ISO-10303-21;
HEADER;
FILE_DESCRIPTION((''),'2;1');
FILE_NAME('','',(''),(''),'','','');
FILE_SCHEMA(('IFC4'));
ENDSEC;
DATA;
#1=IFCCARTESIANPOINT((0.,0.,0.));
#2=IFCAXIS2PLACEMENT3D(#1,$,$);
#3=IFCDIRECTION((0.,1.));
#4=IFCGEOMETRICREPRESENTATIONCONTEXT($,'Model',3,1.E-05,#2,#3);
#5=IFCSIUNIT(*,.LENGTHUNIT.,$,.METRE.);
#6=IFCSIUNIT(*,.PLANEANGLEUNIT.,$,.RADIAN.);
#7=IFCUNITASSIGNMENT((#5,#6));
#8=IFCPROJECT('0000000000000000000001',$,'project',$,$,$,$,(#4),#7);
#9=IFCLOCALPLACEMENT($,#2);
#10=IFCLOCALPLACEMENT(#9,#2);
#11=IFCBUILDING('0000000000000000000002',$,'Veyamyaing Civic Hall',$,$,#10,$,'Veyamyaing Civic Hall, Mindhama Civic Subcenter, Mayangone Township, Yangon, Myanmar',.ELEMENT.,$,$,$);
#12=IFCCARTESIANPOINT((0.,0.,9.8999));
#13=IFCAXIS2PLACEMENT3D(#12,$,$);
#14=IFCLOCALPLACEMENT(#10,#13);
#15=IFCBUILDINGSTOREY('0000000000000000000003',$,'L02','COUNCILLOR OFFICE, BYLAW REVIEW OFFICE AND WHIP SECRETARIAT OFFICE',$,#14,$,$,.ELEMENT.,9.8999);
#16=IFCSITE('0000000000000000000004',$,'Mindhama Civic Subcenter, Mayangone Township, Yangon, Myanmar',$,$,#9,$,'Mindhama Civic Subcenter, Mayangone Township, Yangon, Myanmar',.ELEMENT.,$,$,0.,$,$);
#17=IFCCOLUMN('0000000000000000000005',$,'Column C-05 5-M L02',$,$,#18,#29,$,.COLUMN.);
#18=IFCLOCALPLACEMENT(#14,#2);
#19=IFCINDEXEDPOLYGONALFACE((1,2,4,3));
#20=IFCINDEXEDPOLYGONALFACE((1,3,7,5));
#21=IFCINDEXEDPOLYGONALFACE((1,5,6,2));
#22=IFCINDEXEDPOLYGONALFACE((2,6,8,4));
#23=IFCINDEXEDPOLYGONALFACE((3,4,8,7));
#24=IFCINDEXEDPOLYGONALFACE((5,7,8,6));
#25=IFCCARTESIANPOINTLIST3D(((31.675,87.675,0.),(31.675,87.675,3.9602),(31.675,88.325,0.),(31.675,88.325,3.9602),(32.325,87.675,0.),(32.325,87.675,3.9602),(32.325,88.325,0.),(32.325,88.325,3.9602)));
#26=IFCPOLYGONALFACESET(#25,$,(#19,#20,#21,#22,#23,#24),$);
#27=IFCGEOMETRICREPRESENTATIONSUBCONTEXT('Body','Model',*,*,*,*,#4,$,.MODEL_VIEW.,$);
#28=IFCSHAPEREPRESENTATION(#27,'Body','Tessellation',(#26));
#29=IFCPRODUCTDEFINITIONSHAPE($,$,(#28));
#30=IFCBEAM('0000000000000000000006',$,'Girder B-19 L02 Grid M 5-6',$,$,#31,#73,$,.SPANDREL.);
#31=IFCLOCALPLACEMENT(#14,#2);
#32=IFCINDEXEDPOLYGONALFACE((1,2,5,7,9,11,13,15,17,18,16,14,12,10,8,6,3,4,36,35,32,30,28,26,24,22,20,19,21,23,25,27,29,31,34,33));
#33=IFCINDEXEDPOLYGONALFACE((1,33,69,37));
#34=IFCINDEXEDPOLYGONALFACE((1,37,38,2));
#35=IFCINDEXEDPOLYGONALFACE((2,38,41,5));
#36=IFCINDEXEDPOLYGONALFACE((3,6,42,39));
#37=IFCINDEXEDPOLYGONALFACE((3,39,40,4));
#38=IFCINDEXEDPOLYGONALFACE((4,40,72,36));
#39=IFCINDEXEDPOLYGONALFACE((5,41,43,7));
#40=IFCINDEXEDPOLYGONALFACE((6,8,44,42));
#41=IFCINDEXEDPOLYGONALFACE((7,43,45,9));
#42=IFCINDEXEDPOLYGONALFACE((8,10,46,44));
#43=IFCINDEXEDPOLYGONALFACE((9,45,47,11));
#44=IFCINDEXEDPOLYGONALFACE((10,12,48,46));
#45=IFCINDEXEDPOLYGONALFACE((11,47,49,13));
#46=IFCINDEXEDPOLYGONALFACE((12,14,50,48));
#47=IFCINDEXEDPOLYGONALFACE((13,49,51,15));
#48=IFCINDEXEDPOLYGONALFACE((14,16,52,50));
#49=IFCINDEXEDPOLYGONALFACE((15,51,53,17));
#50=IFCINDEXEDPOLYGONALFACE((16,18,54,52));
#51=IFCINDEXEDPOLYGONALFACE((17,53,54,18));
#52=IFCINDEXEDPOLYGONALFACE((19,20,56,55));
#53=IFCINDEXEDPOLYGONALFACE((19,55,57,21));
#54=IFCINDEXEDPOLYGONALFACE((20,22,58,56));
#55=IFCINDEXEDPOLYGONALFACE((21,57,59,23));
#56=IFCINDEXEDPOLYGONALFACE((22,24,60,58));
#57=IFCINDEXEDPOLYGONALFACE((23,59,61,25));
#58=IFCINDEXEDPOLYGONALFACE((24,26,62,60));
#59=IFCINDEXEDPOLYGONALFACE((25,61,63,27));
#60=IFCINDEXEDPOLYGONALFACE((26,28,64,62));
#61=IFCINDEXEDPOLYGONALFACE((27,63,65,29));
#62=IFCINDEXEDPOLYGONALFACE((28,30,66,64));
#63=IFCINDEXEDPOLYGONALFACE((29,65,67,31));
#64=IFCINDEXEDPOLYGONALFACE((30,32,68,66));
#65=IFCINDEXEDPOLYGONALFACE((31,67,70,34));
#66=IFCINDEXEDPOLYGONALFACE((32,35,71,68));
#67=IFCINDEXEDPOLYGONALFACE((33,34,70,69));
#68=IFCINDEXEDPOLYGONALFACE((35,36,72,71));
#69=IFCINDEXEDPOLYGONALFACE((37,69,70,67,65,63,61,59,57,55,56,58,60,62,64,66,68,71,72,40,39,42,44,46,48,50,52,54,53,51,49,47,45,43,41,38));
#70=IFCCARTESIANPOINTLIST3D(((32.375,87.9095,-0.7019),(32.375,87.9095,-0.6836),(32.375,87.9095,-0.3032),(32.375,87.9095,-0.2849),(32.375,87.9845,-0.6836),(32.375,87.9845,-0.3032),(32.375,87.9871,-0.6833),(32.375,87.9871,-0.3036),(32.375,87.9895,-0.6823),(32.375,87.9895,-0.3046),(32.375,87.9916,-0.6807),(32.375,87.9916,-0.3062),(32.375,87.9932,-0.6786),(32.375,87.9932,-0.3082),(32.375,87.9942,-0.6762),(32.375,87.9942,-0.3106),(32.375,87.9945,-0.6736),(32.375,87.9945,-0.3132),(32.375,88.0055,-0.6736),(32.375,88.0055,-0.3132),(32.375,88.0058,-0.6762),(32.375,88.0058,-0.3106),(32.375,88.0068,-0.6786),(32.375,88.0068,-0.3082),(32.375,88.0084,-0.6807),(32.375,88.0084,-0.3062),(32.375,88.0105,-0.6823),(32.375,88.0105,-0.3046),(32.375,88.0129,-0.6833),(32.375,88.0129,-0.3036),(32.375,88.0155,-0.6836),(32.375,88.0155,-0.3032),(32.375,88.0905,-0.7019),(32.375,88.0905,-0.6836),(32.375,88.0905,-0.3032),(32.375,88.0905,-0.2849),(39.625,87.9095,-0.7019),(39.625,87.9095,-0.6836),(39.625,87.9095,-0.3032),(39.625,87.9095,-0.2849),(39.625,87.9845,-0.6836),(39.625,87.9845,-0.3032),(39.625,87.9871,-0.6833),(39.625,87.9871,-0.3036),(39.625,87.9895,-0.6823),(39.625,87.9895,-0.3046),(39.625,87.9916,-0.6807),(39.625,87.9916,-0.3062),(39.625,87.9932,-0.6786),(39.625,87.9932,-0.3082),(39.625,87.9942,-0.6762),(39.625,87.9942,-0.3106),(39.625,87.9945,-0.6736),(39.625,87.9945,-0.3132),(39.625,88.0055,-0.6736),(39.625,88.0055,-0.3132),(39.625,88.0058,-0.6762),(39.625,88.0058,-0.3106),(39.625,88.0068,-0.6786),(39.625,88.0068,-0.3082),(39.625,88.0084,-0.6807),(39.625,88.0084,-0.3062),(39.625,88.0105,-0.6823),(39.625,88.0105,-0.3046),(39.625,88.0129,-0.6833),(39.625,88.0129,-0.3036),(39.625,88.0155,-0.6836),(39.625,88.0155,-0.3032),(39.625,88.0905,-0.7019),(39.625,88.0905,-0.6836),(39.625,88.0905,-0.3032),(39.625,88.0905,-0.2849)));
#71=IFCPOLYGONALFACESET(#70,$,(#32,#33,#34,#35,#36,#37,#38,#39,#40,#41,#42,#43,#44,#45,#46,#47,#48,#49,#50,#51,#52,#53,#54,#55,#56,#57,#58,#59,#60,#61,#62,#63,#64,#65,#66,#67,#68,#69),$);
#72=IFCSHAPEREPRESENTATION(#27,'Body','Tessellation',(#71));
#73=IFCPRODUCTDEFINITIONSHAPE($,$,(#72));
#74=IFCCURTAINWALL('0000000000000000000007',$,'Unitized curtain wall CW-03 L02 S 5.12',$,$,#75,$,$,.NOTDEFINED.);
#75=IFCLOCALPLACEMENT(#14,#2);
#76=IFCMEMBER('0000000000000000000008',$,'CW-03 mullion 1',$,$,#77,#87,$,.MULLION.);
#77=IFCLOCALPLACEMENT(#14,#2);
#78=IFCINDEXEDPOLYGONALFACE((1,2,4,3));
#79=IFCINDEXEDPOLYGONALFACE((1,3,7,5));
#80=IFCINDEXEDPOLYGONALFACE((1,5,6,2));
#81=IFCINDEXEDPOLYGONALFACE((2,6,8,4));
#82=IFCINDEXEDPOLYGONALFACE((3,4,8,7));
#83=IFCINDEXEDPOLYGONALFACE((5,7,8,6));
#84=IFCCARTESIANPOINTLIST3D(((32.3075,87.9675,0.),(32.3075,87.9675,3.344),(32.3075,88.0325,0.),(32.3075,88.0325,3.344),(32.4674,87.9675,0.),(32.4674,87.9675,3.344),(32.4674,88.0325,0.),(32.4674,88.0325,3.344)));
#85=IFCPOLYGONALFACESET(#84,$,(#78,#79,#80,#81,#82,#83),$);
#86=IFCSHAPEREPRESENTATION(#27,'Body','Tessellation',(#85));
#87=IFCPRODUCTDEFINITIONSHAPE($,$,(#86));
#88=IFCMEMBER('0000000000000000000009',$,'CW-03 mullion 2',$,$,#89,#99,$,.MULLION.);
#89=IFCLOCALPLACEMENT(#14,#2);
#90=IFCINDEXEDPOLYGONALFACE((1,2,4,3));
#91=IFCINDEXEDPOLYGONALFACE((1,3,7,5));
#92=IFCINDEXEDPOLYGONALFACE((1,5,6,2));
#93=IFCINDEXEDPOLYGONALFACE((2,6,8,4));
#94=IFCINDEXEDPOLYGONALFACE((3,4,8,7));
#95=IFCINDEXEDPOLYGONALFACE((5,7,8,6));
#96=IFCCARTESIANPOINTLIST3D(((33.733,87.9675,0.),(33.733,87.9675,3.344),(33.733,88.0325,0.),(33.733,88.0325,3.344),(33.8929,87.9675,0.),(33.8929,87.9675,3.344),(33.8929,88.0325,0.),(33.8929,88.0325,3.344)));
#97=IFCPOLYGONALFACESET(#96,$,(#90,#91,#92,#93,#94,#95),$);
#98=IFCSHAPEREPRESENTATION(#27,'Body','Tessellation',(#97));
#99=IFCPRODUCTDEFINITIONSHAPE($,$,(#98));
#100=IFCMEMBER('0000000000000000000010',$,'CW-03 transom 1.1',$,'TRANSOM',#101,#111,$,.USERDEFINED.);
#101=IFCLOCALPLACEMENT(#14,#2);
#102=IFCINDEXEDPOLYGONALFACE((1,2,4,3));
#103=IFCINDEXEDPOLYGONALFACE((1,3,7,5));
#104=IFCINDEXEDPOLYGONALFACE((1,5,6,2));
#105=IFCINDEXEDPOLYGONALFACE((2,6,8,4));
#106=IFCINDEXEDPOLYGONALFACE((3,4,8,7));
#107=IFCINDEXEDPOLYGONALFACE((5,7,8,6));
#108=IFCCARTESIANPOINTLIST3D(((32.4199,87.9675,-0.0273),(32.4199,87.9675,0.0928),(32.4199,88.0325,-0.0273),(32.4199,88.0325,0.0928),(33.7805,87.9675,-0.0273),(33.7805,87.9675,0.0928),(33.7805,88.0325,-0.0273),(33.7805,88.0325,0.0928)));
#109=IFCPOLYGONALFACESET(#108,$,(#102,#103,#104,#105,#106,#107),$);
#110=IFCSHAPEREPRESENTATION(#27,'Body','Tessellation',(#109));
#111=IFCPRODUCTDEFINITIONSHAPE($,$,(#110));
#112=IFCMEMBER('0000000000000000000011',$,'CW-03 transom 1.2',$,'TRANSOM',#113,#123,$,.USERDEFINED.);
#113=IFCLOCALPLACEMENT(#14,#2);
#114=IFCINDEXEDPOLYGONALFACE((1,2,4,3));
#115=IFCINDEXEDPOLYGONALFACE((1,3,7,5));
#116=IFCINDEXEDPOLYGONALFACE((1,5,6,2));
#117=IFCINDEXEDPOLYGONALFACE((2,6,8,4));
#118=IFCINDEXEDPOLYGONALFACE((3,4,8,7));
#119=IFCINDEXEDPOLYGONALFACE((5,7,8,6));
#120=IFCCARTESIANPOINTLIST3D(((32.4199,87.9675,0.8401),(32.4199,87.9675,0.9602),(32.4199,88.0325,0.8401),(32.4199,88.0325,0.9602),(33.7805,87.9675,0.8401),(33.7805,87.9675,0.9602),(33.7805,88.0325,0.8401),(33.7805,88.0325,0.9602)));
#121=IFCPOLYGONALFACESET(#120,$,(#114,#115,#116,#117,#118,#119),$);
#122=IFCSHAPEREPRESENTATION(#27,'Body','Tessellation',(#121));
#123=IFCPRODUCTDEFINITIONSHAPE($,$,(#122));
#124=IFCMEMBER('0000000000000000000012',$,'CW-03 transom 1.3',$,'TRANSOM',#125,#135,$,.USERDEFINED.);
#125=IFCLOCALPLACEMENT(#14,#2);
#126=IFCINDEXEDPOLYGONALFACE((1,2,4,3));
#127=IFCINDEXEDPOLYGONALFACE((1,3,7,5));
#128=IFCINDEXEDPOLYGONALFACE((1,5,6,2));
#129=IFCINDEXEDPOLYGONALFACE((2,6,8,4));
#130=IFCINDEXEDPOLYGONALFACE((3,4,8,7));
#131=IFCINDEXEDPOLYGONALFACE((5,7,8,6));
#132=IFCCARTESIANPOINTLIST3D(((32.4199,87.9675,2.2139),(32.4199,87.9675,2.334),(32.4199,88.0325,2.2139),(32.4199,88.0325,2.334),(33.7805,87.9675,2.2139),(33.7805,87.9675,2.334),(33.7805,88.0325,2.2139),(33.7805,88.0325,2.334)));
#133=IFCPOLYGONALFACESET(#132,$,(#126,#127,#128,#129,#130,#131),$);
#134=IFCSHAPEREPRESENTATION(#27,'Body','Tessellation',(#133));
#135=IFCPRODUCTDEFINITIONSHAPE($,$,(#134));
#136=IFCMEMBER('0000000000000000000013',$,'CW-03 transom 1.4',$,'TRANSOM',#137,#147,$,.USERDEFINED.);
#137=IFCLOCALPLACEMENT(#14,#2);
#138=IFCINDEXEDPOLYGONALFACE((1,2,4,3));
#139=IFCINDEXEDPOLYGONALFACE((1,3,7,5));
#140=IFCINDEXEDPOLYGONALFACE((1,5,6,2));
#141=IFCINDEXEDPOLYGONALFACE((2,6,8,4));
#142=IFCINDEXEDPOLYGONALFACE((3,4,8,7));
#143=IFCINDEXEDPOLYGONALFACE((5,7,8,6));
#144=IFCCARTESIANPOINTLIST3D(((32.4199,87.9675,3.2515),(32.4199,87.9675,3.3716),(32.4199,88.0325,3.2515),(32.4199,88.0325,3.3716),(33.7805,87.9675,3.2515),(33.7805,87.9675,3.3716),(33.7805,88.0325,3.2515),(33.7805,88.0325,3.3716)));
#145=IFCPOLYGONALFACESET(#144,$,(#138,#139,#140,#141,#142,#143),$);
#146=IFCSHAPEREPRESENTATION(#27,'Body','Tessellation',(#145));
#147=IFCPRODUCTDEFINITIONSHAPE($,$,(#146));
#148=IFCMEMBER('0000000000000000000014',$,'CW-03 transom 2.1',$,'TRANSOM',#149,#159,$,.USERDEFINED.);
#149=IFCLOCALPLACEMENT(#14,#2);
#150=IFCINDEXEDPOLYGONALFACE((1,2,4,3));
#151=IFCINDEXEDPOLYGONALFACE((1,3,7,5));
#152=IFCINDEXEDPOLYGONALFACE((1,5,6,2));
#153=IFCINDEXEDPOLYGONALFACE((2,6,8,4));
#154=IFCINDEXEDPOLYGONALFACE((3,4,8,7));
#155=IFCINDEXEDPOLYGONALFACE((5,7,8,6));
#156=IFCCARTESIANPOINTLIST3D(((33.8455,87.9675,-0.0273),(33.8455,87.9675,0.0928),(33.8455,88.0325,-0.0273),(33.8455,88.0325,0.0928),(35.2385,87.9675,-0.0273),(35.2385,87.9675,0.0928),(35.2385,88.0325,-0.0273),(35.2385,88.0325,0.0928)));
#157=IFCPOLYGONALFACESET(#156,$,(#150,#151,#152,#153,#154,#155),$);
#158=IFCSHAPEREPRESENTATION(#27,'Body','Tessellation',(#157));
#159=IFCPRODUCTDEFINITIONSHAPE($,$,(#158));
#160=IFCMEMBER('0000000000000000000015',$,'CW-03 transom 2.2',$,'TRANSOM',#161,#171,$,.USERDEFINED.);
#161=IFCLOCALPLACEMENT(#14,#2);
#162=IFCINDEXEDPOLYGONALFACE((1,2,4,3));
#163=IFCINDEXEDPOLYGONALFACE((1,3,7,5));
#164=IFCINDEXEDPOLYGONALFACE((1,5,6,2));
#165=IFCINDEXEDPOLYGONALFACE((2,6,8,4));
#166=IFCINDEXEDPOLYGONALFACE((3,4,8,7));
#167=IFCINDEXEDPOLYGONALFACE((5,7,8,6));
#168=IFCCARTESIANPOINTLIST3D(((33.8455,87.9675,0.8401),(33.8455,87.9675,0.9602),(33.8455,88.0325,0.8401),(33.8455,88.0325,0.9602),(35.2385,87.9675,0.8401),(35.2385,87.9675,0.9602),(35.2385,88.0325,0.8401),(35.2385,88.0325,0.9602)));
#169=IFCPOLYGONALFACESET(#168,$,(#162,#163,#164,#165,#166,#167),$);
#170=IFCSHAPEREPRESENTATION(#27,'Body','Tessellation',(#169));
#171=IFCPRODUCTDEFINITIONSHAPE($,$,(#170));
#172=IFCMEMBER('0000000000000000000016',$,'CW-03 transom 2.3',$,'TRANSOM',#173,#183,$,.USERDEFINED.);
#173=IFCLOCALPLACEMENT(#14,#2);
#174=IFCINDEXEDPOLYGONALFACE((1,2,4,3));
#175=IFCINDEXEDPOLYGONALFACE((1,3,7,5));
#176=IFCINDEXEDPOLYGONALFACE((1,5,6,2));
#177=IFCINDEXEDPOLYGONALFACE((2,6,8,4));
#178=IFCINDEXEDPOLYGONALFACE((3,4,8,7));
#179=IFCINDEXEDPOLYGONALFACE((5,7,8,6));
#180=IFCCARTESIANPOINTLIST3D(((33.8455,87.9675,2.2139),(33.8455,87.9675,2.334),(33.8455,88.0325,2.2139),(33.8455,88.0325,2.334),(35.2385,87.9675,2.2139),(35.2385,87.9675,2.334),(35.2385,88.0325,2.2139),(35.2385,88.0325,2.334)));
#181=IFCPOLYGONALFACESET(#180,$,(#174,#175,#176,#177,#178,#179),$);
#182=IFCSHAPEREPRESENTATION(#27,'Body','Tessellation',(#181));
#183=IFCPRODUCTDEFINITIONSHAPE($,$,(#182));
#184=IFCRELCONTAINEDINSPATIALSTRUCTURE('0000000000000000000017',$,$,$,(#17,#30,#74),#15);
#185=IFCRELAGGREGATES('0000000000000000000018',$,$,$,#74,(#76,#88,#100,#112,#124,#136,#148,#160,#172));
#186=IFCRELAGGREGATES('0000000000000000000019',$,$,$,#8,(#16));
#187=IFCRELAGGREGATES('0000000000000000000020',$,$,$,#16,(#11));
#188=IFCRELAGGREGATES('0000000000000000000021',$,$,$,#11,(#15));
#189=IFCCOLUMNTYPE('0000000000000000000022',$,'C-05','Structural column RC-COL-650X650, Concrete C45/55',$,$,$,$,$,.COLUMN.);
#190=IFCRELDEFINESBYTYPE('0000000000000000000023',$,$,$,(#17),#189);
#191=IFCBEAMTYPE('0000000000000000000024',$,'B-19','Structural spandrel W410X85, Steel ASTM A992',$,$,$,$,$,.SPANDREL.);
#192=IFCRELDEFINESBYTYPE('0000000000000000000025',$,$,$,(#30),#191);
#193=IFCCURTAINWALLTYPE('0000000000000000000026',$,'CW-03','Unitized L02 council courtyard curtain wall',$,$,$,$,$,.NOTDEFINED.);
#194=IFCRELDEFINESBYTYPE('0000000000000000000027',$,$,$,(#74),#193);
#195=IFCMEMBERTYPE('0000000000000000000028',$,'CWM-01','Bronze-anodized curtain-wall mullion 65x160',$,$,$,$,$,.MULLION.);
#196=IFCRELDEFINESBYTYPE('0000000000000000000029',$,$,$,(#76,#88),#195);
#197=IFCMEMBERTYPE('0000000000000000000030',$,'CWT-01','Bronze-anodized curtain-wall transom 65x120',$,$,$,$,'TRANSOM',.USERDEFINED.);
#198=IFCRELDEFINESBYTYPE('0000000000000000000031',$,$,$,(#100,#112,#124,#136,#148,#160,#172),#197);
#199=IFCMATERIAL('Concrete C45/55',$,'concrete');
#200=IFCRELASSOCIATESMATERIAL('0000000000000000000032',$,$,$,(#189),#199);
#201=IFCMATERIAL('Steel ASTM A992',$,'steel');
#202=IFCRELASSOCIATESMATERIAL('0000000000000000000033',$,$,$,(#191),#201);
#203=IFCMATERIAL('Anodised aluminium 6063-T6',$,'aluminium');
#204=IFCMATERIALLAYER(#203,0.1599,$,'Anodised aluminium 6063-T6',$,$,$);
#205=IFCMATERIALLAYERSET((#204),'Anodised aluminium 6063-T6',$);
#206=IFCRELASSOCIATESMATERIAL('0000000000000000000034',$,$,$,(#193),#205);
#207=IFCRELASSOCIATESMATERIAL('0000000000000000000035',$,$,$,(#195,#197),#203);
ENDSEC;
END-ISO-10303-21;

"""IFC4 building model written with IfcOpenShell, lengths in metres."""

from ifc_helpers import new_model, si_unit, direction, frame, origin, origin_2d, place, context, subcontext, project, spatial, rectangle, i_section, extrude, material, layer, layer_set, material_profile, profile_set, type_object, element, aggregate, save


model = new_model("IFC4")

# Units and contexts
model_context = context("Model", 3, precision=1e-05, world=origin(), true_north=direction((0.0, 1.0)))
body_context = subcontext(model_context, "Body", "Model", "MODEL_VIEW")
ifc_project = project(units=[si_unit("LENGTHUNIT", "METRE"), si_unit("PLANEANGLEUNIT", "RADIAN")], contexts=[model_context])

# Site, building, storey
site_placement = place(None, origin())
site = spatial("IfcSite", under=ifc_project, at=site_placement, Name="Mindhama Civic Subcenter, Mayangone Township, Yangon, Myanmar", LongName="Mindhama Civic Subcenter, Mayangone Township, Yangon, Myanmar", CompositionType="ELEMENT", RefElevation=0.0)
building_placement = place(site_placement, origin())
building = spatial("IfcBuilding", under=site, at=building_placement, Name="Veyamyaing Civic Hall", LongName="Veyamyaing Civic Hall, Mindhama Civic Subcenter, Mayangone Township, Yangon, Myanmar", CompositionType="ELEMENT")
storey_placement = place(building_placement, frame((0.0, 0.0, 9.8999)))
storey = spatial("IfcBuildingStorey", under=building, at=storey_placement, Name="L02", Description="COUNCILLOR OFFICE, BYLAW REVIEW OFFICE AND WHIP SECRETARIAT OFFICE", CompositionType="ELEMENT", Elevation=9.8999)

# Column
ifc_material_1 = material(Name="Concrete C45/55", Category="concrete")
ifc_material_profile_1 = material_profile(ifc_material_1, rectangle(XDim=0.6499, YDim=0.6499, at=origin_2d()), Name="RC-COL-650X650")
ifc_profile_set_1 = profile_set([ifc_material_profile_1], Name="Concrete C45/55")
column_type = type_object("IfcColumnType", Name="C-05", Description="Structural column RC-COL-650X650, Concrete C45/55", PredefinedType="COLUMN", material=ifc_profile_set_1)
column_placement = place(storey_placement, frame((32.0, 88.0, 0.0), z_axis=(0.0, 0.0, 1.0), x_axis=(1.0, 0.0, 0.0)))
element("IfcColumn", 1, at=column_placement, inside=storey, type_object=column_type, Name="Column C-05 5-M L02", PredefinedType="COLUMN", context=body_context, shape_type="SweptSolid", body=[
    extrude(rectangle(XDim=0.6499, YDim=0.6499, at=origin_2d()), origin(), (0.0, 0.0, 1.0), 3.9602),
])

# Beam
ifc_material_2 = material(Name="Steel ASTM A992", Category="steel")
ifc_material_profile_2 = material_profile(ifc_material_2, i_section(OverallWidth=0.1809, OverallDepth=0.417, WebThickness=0.011, FlangeThickness=0.0183, FilletRadius=0.01, at=origin_2d()), Name="W410X85")
ifc_profile_set_2 = profile_set([ifc_material_profile_2], Name="Steel ASTM A992")
beam_type = type_object("IfcBeamType", Name="B-19", Description="Structural spandrel W410X85, Steel ASTM A992", PredefinedType="SPANDREL", material=ifc_profile_set_2)
beam_placement = place(storey_placement, frame((32.375, 88.0, -0.4934), z_axis=(1.0, 0.0, 0.0), x_axis=(0.0, 1.0, 0.0)))
element("IfcBeam", 2, at=beam_placement, inside=storey, type_object=beam_type, Name="Girder B-19 L02 Grid M 5-6", PredefinedType="SPANDREL", context=body_context, shape_type="SweptSolid", body=[
    extrude(i_section(OverallWidth=0.1809, OverallDepth=0.417, WebThickness=0.011, FlangeThickness=0.0183, FilletRadius=0.01, at=origin_2d()), origin(), (0.0, 0.0, 1.0), 7.25),
])

# Curtain wall, members
ifc_material_3 = material(Name="Anodised aluminium 6063-T6", Category="aluminium")
ifc_layer_1 = layer(ifc_material_3, 0.1599, Name="Anodised aluminium 6063-T6")
ifc_layer_set_1 = layer_set([ifc_layer_1], Name="Anodised aluminium 6063-T6")
curtain_wall_type = type_object("IfcCurtainWallType", Name="CW-03", Description="Unitized L02 council courtyard curtain wall", PredefinedType="NOTDEFINED", material=ifc_layer_set_1)
curtain_wall_placement = place(storey_placement, origin())
curtain_wall = element("IfcCurtainWall", 3, at=curtain_wall_placement, inside=storey, type_object=curtain_wall_type, Name="Unitized curtain wall CW-03 L02 S 5.12", PredefinedType="NOTDEFINED")
ifc_material_profile_3 = material_profile(ifc_material_3, rectangle(XDim=0.0649, YDim=0.1599, at=origin_2d()), Name="ALU-MUL-65X160")
ifc_profile_set_3 = profile_set([ifc_material_profile_3], Name="Anodised aluminium 6063-T6")
member_type_1 = type_object("IfcMemberType", Name="CWM-01", Description="Bronze-anodized curtain-wall mullion 65x160", PredefinedType="MULLION", material=ifc_profile_set_3)
member_1_placement = place(storey_placement, frame((32.3875, 88.0, 0.0), z_axis=(0.0, 0.0, 1.0), x_axis=(0.0, 1.0, 0.0)))
member_1 = element("IfcMember", 4, at=member_1_placement, type_object=member_type_1, Name="CW-03 mullion 1", PredefinedType="MULLION", context=body_context, shape_type="SweptSolid", body=[
    extrude(rectangle(XDim=0.0649, YDim=0.1599, at=origin_2d()), origin(), (0.0, 0.0, 1.0), 3.344),
])
member_2_placement = place(storey_placement, frame((33.813, 88.0, 0.0), z_axis=(0.0, 0.0, 1.0), x_axis=(0.0, 1.0, 0.0)))
member_2 = element("IfcMember", 5, at=member_2_placement, type_object=member_type_1, Name="CW-03 mullion 2", PredefinedType="MULLION", context=body_context, shape_type="SweptSolid", body=[
    extrude(rectangle(XDim=0.0649, YDim=0.1599, at=origin_2d()), origin(), (0.0, 0.0, 1.0), 3.344),
])
ifc_material_profile_4 = material_profile(ifc_material_3, rectangle(XDim=0.0649, YDim=0.1201, at=origin_2d()), Name="ALU-TRN-65X120")
ifc_profile_set_4 = profile_set([ifc_material_profile_4], Name="Anodised aluminium 6063-T6")
member_type_2 = type_object("IfcMemberType", Name="CWT-01", Description="Bronze-anodized curtain-wall transom 65x120", ElementType="TRANSOM", PredefinedType="USERDEFINED", material=ifc_profile_set_4)
member_3_placement = place(storey_placement, frame((32.4199, 88.0, 0.0327), z_axis=(1.0, 0.0, 0.0), x_axis=(0.0, 1.0, 0.0)))
member_3 = element("IfcMember", 6, at=member_3_placement, type_object=member_type_2, Name="CW-03 transom 1.1", ObjectType="TRANSOM", PredefinedType="USERDEFINED", context=body_context, shape_type="SweptSolid", body=[
    extrude(rectangle(XDim=0.0649, YDim=0.1201, at=origin_2d()), origin(), (0.0, 0.0, 1.0), 1.3606),
])
member_4_placement = place(storey_placement, frame((32.4199, 88.0, 0.9001), z_axis=(1.0, 0.0, 0.0), x_axis=(0.0, 1.0, 0.0)))
member_4 = element("IfcMember", 7, at=member_4_placement, type_object=member_type_2, Name="CW-03 transom 1.2", ObjectType="TRANSOM", PredefinedType="USERDEFINED", context=body_context, shape_type="SweptSolid", body=[
    extrude(rectangle(XDim=0.0649, YDim=0.1201, at=origin_2d()), origin(), (0.0, 0.0, 1.0), 1.3606),
])
member_5_placement = place(storey_placement, frame((32.4199, 88.0, 2.2739), z_axis=(1.0, 0.0, 0.0), x_axis=(0.0, 1.0, 0.0)))
member_5 = element("IfcMember", 8, at=member_5_placement, type_object=member_type_2, Name="CW-03 transom 1.3", ObjectType="TRANSOM", PredefinedType="USERDEFINED", context=body_context, shape_type="SweptSolid", body=[
    extrude(rectangle(XDim=0.0649, YDim=0.1201, at=origin_2d()), origin(), (0.0, 0.0, 1.0), 1.3606),
])
member_6_placement = place(storey_placement, frame((32.4199, 88.0, 3.3115), z_axis=(1.0, 0.0, 0.0), x_axis=(0.0, 1.0, 0.0)))
member_6 = element("IfcMember", 9, at=member_6_placement, type_object=member_type_2, Name="CW-03 transom 1.4", ObjectType="TRANSOM", PredefinedType="USERDEFINED", context=body_context, shape_type="SweptSolid", body=[
    extrude(rectangle(XDim=0.0649, YDim=0.1201, at=origin_2d()), origin(), (0.0, 0.0, 1.0), 1.3606),
])
member_7_placement = place(storey_placement, frame((33.8455, 88.0, 0.0327), z_axis=(1.0, 0.0, 0.0), x_axis=(0.0, 1.0, 0.0)))
member_7 = element("IfcMember", 10, at=member_7_placement, type_object=member_type_2, Name="CW-03 transom 2.1", ObjectType="TRANSOM", PredefinedType="USERDEFINED", context=body_context, shape_type="SweptSolid", body=[
    extrude(rectangle(XDim=0.0649, YDim=0.1201, at=origin_2d()), origin(), (0.0, 0.0, 1.0), 1.3931),
])
member_8_placement = place(storey_placement, frame((33.8455, 88.0, 0.9001), z_axis=(1.0, 0.0, 0.0), x_axis=(0.0, 1.0, 0.0)))
member_8 = element("IfcMember", 11, at=member_8_placement, type_object=member_type_2, Name="CW-03 transom 2.2", ObjectType="TRANSOM", PredefinedType="USERDEFINED", context=body_context, shape_type="SweptSolid", body=[
    extrude(rectangle(XDim=0.0649, YDim=0.1201, at=origin_2d()), origin(), (0.0, 0.0, 1.0), 1.3931),
])
member_9_placement = place(storey_placement, frame((33.8455, 88.0, 2.2739), z_axis=(1.0, 0.0, 0.0), x_axis=(0.0, 1.0, 0.0)))
member_9 = element("IfcMember", 12, at=member_9_placement, type_object=member_type_2, Name="CW-03 transom 2.3", ObjectType="TRANSOM", PredefinedType="USERDEFINED", context=body_context, shape_type="SweptSolid", body=[
    extrude(rectangle(XDim=0.0649, YDim=0.1201, at=origin_2d()), origin(), (0.0, 0.0, 1.0), 1.3931),
])
aggregate(curtain_wall, [member_1, member_2, member_3, member_4, member_5, member_6, member_7, member_8, member_9])

save(model, "model.ifc")
